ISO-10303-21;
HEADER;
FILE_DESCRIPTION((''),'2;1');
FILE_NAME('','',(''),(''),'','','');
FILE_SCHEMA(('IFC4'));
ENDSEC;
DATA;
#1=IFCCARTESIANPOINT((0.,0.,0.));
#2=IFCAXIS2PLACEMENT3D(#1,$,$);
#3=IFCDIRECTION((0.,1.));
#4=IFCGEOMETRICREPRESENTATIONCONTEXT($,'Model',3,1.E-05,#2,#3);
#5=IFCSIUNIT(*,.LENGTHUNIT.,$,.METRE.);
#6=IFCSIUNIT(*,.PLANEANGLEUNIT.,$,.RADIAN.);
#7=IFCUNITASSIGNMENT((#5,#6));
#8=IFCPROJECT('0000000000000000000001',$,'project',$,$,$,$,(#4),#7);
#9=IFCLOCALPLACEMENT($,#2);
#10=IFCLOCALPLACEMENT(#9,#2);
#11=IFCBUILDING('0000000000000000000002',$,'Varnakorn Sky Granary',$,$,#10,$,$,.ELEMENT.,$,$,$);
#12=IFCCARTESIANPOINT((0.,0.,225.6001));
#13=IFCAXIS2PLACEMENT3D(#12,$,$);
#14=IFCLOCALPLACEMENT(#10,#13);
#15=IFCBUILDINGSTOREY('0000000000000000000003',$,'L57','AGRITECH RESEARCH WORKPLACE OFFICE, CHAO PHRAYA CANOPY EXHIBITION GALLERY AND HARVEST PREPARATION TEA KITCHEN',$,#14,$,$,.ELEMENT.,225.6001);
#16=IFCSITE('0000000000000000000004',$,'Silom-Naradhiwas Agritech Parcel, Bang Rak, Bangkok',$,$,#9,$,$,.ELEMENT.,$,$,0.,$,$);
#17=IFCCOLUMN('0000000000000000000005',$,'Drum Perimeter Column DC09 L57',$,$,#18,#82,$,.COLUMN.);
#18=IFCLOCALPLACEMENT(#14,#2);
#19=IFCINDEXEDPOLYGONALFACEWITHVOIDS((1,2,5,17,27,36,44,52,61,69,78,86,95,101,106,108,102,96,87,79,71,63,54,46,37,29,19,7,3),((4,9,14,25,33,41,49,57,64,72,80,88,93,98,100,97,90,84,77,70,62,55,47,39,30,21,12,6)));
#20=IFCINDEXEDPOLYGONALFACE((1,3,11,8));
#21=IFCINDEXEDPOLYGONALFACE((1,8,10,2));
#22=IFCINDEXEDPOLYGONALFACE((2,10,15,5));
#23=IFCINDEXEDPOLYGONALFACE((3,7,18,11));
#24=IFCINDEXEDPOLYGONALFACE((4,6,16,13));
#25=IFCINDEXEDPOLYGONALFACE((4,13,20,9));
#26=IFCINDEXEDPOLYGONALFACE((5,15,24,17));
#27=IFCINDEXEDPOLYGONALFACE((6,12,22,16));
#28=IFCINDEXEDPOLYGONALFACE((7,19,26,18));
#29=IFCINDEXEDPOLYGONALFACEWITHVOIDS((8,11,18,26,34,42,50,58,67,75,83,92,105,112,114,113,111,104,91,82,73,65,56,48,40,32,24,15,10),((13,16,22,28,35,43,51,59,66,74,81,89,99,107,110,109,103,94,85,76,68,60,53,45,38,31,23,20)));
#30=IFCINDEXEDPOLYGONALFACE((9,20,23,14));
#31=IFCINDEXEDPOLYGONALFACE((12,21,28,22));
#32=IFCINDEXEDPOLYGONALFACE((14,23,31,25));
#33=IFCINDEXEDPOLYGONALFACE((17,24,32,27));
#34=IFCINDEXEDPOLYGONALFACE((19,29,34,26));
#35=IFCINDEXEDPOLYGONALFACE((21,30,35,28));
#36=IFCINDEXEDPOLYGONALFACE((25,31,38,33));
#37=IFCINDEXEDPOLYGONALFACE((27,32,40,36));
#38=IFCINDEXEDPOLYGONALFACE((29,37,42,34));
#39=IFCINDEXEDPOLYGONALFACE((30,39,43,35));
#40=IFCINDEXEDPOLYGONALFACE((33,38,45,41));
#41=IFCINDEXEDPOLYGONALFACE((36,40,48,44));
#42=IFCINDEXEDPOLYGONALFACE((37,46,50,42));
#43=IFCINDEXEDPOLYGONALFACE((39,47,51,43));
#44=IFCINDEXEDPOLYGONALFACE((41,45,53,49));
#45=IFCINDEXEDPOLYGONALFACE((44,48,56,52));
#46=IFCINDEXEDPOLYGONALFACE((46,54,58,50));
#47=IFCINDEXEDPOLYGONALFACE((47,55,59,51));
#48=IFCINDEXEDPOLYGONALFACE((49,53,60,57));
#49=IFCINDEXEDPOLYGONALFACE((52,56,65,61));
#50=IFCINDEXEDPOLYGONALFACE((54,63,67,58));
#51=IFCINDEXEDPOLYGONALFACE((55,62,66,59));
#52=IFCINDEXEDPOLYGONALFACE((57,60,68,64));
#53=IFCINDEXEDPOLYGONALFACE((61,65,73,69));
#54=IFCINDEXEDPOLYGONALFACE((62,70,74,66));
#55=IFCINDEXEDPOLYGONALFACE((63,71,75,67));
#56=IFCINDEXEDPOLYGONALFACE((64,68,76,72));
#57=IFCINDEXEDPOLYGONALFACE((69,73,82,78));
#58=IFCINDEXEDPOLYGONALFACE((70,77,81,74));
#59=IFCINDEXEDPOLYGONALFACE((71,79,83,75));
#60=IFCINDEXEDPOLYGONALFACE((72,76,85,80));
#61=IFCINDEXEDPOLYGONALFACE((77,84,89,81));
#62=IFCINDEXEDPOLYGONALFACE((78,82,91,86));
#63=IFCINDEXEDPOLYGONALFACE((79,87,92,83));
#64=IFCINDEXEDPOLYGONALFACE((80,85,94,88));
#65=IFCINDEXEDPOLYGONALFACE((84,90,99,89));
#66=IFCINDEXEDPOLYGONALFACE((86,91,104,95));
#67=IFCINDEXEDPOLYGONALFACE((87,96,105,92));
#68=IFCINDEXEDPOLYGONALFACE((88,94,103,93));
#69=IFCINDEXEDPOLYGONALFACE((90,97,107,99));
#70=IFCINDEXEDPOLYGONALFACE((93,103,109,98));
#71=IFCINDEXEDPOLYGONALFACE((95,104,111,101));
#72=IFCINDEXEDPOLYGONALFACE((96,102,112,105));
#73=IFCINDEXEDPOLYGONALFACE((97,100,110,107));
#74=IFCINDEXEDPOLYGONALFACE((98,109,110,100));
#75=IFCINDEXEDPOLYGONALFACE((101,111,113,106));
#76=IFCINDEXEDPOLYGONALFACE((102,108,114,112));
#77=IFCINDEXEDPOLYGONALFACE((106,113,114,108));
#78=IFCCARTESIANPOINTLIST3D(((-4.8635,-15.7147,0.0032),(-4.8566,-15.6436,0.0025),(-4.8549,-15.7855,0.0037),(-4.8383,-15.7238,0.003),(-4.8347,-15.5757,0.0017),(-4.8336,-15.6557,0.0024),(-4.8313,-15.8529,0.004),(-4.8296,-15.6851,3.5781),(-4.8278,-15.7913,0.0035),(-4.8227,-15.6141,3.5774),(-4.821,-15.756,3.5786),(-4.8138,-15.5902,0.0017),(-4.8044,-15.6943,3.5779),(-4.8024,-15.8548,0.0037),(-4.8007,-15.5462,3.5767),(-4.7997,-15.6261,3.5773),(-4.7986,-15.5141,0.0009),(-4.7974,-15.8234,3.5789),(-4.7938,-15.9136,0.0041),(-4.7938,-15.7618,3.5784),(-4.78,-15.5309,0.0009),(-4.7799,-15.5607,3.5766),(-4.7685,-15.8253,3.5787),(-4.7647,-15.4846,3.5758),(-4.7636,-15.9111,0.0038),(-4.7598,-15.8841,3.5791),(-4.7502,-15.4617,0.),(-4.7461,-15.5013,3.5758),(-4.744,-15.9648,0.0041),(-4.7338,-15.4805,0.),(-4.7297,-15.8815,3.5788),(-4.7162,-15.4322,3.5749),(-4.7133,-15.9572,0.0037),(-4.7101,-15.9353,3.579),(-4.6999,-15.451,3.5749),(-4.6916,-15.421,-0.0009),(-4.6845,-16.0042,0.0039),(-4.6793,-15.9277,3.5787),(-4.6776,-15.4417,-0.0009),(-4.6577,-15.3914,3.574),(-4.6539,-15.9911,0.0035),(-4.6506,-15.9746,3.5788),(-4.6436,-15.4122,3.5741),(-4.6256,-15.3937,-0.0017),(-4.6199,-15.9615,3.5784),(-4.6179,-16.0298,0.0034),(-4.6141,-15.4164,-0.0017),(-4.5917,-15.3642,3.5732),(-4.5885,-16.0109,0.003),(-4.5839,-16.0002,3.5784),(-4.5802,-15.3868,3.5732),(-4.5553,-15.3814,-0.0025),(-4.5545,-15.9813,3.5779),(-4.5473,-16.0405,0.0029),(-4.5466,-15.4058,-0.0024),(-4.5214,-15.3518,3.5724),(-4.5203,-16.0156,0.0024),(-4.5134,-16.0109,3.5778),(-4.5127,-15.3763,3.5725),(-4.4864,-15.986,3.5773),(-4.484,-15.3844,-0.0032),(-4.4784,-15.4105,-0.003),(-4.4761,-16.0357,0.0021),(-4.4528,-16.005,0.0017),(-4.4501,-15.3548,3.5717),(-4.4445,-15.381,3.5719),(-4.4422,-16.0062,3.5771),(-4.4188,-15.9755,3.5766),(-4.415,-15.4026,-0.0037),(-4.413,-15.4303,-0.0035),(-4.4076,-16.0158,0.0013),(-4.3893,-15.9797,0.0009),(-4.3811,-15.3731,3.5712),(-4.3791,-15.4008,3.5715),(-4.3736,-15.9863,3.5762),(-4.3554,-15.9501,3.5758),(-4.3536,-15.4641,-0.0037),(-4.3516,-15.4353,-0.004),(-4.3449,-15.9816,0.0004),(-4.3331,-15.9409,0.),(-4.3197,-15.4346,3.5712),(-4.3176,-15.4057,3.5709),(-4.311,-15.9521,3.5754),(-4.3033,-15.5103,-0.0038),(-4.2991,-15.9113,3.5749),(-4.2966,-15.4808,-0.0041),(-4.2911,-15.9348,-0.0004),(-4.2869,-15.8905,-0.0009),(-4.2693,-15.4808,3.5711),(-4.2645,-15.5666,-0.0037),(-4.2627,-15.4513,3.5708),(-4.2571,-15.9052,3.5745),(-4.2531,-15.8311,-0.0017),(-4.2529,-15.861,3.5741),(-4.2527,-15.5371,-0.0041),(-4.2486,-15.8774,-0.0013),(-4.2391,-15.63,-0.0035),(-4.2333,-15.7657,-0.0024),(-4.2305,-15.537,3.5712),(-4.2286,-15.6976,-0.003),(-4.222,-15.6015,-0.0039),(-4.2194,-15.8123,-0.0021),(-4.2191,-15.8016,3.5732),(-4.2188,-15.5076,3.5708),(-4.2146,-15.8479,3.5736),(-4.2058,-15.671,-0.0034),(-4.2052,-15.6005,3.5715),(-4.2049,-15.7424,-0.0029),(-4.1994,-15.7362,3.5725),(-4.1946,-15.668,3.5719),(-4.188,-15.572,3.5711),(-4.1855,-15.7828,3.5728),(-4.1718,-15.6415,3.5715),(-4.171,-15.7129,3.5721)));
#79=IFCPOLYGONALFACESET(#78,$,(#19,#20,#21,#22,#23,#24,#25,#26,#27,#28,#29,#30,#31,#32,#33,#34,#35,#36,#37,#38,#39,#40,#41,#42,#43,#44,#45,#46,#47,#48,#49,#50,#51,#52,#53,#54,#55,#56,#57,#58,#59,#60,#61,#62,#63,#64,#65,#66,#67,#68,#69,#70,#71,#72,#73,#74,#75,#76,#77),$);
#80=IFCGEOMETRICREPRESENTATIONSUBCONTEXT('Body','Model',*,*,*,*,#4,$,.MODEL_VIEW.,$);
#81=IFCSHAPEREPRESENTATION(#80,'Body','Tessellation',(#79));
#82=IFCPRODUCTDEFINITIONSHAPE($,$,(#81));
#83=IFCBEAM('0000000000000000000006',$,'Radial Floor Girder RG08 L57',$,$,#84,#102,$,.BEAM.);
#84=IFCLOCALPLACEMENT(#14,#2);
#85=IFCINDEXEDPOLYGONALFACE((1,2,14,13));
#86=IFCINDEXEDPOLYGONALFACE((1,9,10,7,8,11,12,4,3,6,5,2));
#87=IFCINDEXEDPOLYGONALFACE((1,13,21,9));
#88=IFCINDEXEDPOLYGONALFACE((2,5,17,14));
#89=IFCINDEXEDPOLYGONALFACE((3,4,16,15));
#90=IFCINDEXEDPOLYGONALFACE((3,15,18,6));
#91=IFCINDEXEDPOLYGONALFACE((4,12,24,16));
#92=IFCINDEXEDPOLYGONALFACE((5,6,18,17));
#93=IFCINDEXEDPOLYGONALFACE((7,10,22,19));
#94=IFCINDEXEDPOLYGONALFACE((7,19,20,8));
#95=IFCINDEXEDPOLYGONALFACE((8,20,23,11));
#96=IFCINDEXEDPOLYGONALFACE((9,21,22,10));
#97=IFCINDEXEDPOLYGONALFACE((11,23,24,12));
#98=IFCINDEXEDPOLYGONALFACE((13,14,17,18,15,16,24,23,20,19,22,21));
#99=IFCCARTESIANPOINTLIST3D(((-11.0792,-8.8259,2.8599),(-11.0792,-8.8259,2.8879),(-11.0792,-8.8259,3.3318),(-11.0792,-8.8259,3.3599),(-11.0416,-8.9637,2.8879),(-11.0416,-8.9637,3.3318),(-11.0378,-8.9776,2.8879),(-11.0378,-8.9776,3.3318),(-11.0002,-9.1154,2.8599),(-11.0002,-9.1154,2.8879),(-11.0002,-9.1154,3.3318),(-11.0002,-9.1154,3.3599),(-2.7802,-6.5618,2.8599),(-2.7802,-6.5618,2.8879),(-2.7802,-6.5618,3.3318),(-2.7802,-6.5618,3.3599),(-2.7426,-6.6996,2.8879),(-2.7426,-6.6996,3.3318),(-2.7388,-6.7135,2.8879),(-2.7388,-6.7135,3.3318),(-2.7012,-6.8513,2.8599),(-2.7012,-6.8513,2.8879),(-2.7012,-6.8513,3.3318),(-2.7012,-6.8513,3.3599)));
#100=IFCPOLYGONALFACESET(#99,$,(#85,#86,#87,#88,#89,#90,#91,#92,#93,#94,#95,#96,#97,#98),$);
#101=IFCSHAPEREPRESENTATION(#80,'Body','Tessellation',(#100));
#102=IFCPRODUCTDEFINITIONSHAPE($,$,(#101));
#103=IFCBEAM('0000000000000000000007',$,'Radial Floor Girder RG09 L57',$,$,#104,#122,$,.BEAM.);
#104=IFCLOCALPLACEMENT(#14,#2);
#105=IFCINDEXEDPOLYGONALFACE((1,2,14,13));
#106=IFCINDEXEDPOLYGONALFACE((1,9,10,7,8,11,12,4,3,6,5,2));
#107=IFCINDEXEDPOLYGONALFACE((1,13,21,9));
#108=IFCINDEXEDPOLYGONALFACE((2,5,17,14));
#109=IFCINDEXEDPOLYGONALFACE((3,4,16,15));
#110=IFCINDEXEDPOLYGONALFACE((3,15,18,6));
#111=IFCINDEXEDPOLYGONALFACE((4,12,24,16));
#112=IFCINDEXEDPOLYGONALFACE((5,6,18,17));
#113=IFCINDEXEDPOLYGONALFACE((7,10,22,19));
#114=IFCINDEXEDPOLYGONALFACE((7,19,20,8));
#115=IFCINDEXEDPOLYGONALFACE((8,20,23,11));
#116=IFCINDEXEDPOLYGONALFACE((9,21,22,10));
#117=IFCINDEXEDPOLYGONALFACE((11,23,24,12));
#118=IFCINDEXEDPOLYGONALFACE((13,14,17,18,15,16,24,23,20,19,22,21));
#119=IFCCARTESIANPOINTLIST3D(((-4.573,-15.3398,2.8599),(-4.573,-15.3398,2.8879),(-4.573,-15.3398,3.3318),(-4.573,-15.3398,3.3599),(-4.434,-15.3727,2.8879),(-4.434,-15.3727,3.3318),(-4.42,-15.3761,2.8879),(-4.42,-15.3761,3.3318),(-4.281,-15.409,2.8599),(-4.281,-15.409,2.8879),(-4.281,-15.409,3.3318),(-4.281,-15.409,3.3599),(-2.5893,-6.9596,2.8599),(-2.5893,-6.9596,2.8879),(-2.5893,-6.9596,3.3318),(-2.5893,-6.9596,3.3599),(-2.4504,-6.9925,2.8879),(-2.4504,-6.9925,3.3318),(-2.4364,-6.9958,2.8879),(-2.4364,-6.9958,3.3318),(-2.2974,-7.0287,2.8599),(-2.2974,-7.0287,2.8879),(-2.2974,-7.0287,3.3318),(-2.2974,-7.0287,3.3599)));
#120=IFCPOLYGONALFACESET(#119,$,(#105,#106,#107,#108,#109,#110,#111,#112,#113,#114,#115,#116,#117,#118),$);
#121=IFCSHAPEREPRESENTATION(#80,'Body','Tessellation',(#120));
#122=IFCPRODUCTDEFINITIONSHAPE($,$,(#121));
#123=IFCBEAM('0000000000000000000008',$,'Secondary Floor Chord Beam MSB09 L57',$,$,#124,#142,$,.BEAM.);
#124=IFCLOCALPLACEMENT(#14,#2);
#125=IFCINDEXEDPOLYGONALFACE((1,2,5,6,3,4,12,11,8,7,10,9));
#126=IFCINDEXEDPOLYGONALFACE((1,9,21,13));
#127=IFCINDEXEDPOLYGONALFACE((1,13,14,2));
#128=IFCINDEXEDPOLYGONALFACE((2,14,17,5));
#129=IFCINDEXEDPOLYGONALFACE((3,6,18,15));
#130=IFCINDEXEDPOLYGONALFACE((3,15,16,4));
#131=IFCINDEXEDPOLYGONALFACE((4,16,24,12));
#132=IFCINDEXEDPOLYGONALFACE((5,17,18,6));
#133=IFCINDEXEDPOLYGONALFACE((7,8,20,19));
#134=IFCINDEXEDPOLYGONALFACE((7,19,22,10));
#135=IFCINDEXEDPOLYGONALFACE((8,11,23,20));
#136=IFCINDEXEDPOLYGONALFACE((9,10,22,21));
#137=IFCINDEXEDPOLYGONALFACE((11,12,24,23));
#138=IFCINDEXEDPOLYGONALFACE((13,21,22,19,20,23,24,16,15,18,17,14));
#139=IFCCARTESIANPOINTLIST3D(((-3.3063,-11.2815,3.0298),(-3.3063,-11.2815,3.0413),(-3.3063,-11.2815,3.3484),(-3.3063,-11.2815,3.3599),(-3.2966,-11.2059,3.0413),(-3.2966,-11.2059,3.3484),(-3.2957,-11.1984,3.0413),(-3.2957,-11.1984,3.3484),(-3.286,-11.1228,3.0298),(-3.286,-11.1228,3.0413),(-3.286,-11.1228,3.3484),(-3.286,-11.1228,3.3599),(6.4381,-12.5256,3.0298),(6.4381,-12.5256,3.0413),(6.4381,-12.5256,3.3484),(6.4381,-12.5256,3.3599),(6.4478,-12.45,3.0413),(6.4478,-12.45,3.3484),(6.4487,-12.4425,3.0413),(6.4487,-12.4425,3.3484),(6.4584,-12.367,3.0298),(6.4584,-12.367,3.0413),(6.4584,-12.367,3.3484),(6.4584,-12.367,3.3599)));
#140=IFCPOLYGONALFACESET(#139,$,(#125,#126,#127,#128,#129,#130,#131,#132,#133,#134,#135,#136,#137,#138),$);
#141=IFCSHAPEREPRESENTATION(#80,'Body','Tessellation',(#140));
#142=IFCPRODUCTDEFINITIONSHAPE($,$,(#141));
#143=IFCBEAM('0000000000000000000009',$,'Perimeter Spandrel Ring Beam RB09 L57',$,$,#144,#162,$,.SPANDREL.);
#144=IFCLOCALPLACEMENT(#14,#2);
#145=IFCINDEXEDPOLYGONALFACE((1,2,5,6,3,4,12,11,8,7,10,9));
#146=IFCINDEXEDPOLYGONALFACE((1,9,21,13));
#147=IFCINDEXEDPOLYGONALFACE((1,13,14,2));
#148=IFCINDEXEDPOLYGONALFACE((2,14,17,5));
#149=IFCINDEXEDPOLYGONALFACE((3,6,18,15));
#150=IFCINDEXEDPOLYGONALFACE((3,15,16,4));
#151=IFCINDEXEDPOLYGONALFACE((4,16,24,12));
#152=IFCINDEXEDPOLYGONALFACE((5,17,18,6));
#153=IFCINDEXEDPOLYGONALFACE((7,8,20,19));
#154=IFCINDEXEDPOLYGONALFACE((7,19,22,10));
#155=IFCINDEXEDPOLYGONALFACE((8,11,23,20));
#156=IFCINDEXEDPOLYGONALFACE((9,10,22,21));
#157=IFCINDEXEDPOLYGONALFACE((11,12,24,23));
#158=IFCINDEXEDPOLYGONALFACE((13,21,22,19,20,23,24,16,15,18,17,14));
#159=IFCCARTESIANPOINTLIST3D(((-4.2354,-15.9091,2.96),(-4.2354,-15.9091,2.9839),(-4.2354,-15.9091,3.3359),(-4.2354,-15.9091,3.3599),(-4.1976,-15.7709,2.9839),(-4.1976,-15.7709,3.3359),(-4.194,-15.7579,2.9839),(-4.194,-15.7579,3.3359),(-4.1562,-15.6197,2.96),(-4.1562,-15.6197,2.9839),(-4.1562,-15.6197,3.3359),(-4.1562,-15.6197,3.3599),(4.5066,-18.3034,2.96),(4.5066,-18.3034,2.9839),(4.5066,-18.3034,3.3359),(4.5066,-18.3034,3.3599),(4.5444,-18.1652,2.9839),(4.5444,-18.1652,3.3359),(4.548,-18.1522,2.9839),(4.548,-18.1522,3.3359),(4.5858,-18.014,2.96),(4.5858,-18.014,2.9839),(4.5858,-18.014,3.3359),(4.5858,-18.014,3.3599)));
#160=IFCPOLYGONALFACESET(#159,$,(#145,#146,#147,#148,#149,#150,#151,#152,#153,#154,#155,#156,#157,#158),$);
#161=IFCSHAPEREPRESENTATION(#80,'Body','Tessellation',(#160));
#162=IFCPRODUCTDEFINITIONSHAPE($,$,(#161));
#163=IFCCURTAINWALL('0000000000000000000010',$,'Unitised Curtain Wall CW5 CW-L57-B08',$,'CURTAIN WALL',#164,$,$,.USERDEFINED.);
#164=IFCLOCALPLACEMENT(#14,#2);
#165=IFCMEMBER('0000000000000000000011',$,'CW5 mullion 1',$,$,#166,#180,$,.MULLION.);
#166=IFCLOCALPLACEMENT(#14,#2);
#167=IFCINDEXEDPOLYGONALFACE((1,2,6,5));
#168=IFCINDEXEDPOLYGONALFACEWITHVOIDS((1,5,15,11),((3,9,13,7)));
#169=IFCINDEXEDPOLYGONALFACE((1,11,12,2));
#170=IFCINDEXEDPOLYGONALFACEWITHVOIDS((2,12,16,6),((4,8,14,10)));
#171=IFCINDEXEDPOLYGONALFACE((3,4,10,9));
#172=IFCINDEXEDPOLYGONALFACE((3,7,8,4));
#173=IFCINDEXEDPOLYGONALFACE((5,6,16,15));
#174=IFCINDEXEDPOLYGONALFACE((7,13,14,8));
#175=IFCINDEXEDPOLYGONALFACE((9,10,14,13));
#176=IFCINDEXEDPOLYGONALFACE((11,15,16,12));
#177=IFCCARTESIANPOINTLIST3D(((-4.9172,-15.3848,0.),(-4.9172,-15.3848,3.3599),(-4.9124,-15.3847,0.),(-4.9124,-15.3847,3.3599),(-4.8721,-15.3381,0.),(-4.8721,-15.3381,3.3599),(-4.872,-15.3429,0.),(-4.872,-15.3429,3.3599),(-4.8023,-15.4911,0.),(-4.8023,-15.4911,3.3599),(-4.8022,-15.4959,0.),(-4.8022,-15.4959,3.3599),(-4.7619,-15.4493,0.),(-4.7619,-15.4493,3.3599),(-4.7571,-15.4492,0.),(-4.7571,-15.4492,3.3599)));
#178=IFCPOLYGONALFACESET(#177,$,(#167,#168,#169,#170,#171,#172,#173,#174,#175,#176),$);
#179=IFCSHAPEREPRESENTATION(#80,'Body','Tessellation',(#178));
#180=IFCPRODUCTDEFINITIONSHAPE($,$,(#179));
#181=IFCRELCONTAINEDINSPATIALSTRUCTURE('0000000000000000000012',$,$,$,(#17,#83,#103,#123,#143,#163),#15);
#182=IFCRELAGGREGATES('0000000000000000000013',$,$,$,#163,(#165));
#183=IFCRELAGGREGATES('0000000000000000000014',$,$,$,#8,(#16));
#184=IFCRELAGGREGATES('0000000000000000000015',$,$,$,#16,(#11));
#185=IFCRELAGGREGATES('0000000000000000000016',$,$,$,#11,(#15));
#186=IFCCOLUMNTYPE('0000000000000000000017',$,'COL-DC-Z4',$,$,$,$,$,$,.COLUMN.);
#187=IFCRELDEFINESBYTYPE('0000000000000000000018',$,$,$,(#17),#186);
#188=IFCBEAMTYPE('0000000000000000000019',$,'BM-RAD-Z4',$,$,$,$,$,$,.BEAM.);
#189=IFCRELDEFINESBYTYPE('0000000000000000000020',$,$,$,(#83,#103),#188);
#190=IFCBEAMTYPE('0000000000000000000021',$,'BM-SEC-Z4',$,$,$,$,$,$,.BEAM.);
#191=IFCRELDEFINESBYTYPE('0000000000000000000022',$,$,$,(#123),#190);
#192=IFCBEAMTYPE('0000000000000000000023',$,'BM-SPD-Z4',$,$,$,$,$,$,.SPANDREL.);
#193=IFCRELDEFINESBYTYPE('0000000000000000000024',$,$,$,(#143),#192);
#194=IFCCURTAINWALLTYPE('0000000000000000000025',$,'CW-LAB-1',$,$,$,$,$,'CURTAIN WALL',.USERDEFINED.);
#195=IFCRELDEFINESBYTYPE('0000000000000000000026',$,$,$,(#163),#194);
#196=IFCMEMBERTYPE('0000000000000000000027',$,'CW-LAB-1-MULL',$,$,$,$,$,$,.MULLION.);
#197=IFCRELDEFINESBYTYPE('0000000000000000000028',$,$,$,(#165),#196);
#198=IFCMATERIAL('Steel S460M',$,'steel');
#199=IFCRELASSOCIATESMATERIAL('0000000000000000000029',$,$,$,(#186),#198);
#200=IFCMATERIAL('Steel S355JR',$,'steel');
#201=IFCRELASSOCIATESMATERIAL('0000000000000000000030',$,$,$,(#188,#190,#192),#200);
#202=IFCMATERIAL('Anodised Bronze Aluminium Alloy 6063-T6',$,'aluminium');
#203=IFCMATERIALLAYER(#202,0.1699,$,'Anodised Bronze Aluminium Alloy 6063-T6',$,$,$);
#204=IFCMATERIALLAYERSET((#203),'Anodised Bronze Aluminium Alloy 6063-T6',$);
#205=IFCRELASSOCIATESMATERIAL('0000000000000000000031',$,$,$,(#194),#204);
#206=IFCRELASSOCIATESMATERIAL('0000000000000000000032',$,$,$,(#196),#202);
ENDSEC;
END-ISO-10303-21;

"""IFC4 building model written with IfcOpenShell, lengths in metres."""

from ifc_helpers import new_model, si_unit, direction, frame, origin, origin_2d, place, context, subcontext, project, spatial, hollow_rectangle, hollow_circle, i_section, extrude, material, layer, layer_set, material_profile, profile_set, type_object, element, aggregate, save


model = new_model("IFC4")

# Units and contexts
model_context = context("Model", 3, precision=1e-05, world=origin(), true_north=direction((0.0, 1.0)))
body_context = subcontext(model_context, "Body", "Model", "MODEL_VIEW")
ifc_project = project(units=[si_unit("LENGTHUNIT", "METRE"), si_unit("PLANEANGLEUNIT", "RADIAN")], contexts=[model_context])

# Site, building, storey
site_placement = place(None, origin())
site = spatial("IfcSite", under=ifc_project, at=site_placement, Name="Silom-Naradhiwas Agritech Parcel, Bang Rak, Bangkok", CompositionType="ELEMENT", RefElevation=0.0)
building_placement = place(site_placement, origin())
building = spatial("IfcBuilding", under=site, at=building_placement, Name="Varnakorn Sky Granary", CompositionType="ELEMENT")
storey_placement = place(building_placement, frame((0.0, 0.0, 225.6001)))
storey = spatial("IfcBuildingStorey", under=building, at=storey_placement, Name="L57", Description="AGRITECH RESEARCH WORKPLACE OFFICE, CHAO PHRAYA CANOPY EXHIBITION GALLERY AND HARVEST PREPARATION TEA KITCHEN", CompositionType="ELEMENT", Elevation=225.6001)

# Column
ifc_material_1 = material(Name="Steel S460M", Category="steel")
ifc_material_profile_1 = material_profile(ifc_material_1, hollow_circle(Radius=0.3301, WallThickness=0.0249, at=origin_2d()), Name="CHS 660x25")
ifc_profile_set_1 = profile_set([ifc_material_profile_1], Name="Steel S460M")
column_type = type_object("IfcColumnType", Name="COL-DC-Z4", PredefinedType="COLUMN", material=ifc_profile_set_1)
column_placement = place(storey_placement, frame((-4.5334, -15.7107, 0.0), z_axis=(0.009492, 0.008263, 0.999921), x_axis=(-0.656582, 0.754255, 0.0)))
element("IfcColumn", 1, at=column_placement, inside=storey, type_object=column_type, Name="Drum Perimeter Column DC09 L57", PredefinedType="COLUMN", context=body_context, shape_type="SweptSolid", body=[
    extrude(hollow_circle(Radius=0.3301, WallThickness=0.0249, at=origin_2d()), origin(), (0.0, 0.0, 1.0), 3.5752),
])

# Beams
ifc_material_2 = material(Name="Steel S355JR", Category="steel")
ifc_material_profile_2 = material_profile(ifc_material_2, i_section(OverallWidth=0.3, OverallDepth=0.5, WebThickness=0.0144, FlangeThickness=0.0281, at=origin_2d()), Name="HE 500 B")
ifc_profile_set_2 = profile_set([ifc_material_profile_2], Name="Steel S355JR")
beam_type_1 = type_object("IfcBeamType", Name="BM-RAD-Z4", PredefinedType="BEAM", material=ifc_profile_set_2)
beam_1_placement = place(storey_placement, frame((-2.7407, -6.7065, 3.1099), z_axis=(-0.964741, -0.263201, 0.0), x_axis=(0.263201, -0.964741, 0.0)))
element("IfcBeam", 2, at=beam_1_placement, inside=storey, type_object=beam_type_1, Name="Radial Floor Girder RG08 L57", PredefinedType="BEAM", context=body_context, shape_type="SweptSolid", body=[
    extrude(i_section(OverallWidth=0.3, OverallDepth=0.5, WebThickness=0.0144, FlangeThickness=0.0281, at=origin_2d()), origin(), (0.0, 0.0, 1.0), 8.6023),
])
beam_2_placement = place(storey_placement, frame((-2.4434, -6.9941, 3.1099), z_axis=(-0.230336, -0.973111, 0.0), x_axis=(0.973111, -0.230336, 0.0)))
element("IfcBeam", 3, at=beam_2_placement, inside=storey, type_object=beam_type_1, Name="Radial Floor Girder RG09 L57", PredefinedType="BEAM", context=body_context, shape_type="SweptSolid", body=[
    extrude(i_section(OverallWidth=0.3, OverallDepth=0.5, WebThickness=0.0144, FlangeThickness=0.0281, at=origin_2d()), origin(), (0.0, 0.0, 1.0), 8.6118),
])
ifc_material_profile_3 = material_profile(ifc_material_2, i_section(OverallWidth=0.1599, OverallDepth=0.3301, WebThickness=0.0076, FlangeThickness=0.0115, at=origin_2d()), Name="IPE 330")
ifc_profile_set_3 = profile_set([ifc_material_profile_3], Name="Steel S355JR")
beam_type_2 = type_object("IfcBeamType", Name="BM-SEC-Z4", PredefinedType="BEAM", material=ifc_profile_set_3)
beam_3_placement = place(storey_placement, frame((-3.2961, -11.2021, 3.1948), z_axis=(0.991948, -0.12665, 0.0), x_axis=(0.12665, 0.991948, 0.0)))
element("IfcBeam", 4, at=beam_3_placement, inside=storey, type_object=beam_type_2, Name="Secondary Floor Chord Beam MSB09 L57", PredefinedType="BEAM", context=body_context, shape_type="SweptSolid", body=[
    extrude(i_section(OverallWidth=0.1599, OverallDepth=0.3301, WebThickness=0.0076, FlangeThickness=0.0115, at=origin_2d()), origin(), (0.0, 0.0, 1.0), 9.8235),
])
ifc_material_profile_4 = material_profile(ifc_material_2, i_section(OverallWidth=0.3, OverallDepth=0.3999, WebThickness=0.0134, FlangeThickness=0.0239, at=origin_2d()), Name="HE 400 B")
ifc_profile_set_4 = profile_set([ifc_material_profile_4], Name="Steel S355JR")
beam_type_3 = type_object("IfcBeamType", Name="BM-SPD-Z4", PredefinedType="SPANDREL", material=ifc_profile_set_4)
beam_4_placement = place(storey_placement, frame((-4.1958, -15.7644, 3.1599), z_axis=(0.96448, -0.264157, 0.0), x_axis=(0.264157, 0.96448, 0.0)))
element("IfcBeam", 5, at=beam_4_placement, inside=storey, type_object=beam_type_3, Name="Perimeter Spandrel Ring Beam RB09 L57", PredefinedType="SPANDREL", context=body_context, shape_type="SweptSolid", body=[
    extrude(i_section(OverallWidth=0.3, OverallDepth=0.3999, WebThickness=0.0134, FlangeThickness=0.0239, at=origin_2d()), origin(), (0.0, 0.0, 1.0), 9.064),
])

# Curtain wall, member
ifc_material_3 = material(Name="Anodised Bronze Aluminium Alloy 6063-T6", Category="aluminium")
ifc_layer_1 = layer(ifc_material_3, 0.1699, Name="Anodised Bronze Aluminium Alloy 6063-T6")
ifc_layer_set_1 = layer_set([ifc_layer_1], Name="Anodised Bronze Aluminium Alloy 6063-T6")
curtain_wall_type = type_object("IfcCurtainWallType", Name="CW-LAB-1", ElementType="CURTAIN WALL", PredefinedType="USERDEFINED", material=ifc_layer_set_1)
curtain_wall_placement = place(storey_placement, origin())
curtain_wall = element("IfcCurtainWall", 6, at=curtain_wall_placement, inside=storey, type_object=curtain_wall_type, Name="Unitised Curtain Wall CW5 CW-L57-B08", ObjectType="CURTAIN WALL", PredefinedType="USERDEFINED")
ifc_material_profile_5 = material_profile(ifc_material_3, hollow_rectangle(XDim=0.0649, YDim=0.1599, WallThickness=0.0034, at=origin_2d()), Name="ALU MULL 65x160")
ifc_profile_set_5 = profile_set([ifc_material_profile_5], Name="Anodised Bronze Aluminium Alloy 6063-T6")
member_type_1 = type_object("IfcMemberType", Name="CW-LAB-1-MULL", PredefinedType="MULLION", material=ifc_profile_set_5)
member_1_placement = place(storey_placement, frame((-4.8372, -15.417, 0.0), z_axis=(0.0, 0.0, 1.0), x_axis=(-0.695009, -0.719001, 0.0)))
member_1 = element("IfcMember", 7, at=member_1_placement, type_object=member_type_1, Name="CW5 mullion 1", PredefinedType="MULLION", context=body_context, shape_type="SweptSolid", body=[
    extrude(hollow_rectangle(XDim=0.0649, YDim=0.1599, WallThickness=0.0034, at=origin_2d()), origin(), (0.0, 0.0, 1.0), 3.3599),
])

aggregate(curtain_wall, [member_1])

save(model, "model.ifc")
